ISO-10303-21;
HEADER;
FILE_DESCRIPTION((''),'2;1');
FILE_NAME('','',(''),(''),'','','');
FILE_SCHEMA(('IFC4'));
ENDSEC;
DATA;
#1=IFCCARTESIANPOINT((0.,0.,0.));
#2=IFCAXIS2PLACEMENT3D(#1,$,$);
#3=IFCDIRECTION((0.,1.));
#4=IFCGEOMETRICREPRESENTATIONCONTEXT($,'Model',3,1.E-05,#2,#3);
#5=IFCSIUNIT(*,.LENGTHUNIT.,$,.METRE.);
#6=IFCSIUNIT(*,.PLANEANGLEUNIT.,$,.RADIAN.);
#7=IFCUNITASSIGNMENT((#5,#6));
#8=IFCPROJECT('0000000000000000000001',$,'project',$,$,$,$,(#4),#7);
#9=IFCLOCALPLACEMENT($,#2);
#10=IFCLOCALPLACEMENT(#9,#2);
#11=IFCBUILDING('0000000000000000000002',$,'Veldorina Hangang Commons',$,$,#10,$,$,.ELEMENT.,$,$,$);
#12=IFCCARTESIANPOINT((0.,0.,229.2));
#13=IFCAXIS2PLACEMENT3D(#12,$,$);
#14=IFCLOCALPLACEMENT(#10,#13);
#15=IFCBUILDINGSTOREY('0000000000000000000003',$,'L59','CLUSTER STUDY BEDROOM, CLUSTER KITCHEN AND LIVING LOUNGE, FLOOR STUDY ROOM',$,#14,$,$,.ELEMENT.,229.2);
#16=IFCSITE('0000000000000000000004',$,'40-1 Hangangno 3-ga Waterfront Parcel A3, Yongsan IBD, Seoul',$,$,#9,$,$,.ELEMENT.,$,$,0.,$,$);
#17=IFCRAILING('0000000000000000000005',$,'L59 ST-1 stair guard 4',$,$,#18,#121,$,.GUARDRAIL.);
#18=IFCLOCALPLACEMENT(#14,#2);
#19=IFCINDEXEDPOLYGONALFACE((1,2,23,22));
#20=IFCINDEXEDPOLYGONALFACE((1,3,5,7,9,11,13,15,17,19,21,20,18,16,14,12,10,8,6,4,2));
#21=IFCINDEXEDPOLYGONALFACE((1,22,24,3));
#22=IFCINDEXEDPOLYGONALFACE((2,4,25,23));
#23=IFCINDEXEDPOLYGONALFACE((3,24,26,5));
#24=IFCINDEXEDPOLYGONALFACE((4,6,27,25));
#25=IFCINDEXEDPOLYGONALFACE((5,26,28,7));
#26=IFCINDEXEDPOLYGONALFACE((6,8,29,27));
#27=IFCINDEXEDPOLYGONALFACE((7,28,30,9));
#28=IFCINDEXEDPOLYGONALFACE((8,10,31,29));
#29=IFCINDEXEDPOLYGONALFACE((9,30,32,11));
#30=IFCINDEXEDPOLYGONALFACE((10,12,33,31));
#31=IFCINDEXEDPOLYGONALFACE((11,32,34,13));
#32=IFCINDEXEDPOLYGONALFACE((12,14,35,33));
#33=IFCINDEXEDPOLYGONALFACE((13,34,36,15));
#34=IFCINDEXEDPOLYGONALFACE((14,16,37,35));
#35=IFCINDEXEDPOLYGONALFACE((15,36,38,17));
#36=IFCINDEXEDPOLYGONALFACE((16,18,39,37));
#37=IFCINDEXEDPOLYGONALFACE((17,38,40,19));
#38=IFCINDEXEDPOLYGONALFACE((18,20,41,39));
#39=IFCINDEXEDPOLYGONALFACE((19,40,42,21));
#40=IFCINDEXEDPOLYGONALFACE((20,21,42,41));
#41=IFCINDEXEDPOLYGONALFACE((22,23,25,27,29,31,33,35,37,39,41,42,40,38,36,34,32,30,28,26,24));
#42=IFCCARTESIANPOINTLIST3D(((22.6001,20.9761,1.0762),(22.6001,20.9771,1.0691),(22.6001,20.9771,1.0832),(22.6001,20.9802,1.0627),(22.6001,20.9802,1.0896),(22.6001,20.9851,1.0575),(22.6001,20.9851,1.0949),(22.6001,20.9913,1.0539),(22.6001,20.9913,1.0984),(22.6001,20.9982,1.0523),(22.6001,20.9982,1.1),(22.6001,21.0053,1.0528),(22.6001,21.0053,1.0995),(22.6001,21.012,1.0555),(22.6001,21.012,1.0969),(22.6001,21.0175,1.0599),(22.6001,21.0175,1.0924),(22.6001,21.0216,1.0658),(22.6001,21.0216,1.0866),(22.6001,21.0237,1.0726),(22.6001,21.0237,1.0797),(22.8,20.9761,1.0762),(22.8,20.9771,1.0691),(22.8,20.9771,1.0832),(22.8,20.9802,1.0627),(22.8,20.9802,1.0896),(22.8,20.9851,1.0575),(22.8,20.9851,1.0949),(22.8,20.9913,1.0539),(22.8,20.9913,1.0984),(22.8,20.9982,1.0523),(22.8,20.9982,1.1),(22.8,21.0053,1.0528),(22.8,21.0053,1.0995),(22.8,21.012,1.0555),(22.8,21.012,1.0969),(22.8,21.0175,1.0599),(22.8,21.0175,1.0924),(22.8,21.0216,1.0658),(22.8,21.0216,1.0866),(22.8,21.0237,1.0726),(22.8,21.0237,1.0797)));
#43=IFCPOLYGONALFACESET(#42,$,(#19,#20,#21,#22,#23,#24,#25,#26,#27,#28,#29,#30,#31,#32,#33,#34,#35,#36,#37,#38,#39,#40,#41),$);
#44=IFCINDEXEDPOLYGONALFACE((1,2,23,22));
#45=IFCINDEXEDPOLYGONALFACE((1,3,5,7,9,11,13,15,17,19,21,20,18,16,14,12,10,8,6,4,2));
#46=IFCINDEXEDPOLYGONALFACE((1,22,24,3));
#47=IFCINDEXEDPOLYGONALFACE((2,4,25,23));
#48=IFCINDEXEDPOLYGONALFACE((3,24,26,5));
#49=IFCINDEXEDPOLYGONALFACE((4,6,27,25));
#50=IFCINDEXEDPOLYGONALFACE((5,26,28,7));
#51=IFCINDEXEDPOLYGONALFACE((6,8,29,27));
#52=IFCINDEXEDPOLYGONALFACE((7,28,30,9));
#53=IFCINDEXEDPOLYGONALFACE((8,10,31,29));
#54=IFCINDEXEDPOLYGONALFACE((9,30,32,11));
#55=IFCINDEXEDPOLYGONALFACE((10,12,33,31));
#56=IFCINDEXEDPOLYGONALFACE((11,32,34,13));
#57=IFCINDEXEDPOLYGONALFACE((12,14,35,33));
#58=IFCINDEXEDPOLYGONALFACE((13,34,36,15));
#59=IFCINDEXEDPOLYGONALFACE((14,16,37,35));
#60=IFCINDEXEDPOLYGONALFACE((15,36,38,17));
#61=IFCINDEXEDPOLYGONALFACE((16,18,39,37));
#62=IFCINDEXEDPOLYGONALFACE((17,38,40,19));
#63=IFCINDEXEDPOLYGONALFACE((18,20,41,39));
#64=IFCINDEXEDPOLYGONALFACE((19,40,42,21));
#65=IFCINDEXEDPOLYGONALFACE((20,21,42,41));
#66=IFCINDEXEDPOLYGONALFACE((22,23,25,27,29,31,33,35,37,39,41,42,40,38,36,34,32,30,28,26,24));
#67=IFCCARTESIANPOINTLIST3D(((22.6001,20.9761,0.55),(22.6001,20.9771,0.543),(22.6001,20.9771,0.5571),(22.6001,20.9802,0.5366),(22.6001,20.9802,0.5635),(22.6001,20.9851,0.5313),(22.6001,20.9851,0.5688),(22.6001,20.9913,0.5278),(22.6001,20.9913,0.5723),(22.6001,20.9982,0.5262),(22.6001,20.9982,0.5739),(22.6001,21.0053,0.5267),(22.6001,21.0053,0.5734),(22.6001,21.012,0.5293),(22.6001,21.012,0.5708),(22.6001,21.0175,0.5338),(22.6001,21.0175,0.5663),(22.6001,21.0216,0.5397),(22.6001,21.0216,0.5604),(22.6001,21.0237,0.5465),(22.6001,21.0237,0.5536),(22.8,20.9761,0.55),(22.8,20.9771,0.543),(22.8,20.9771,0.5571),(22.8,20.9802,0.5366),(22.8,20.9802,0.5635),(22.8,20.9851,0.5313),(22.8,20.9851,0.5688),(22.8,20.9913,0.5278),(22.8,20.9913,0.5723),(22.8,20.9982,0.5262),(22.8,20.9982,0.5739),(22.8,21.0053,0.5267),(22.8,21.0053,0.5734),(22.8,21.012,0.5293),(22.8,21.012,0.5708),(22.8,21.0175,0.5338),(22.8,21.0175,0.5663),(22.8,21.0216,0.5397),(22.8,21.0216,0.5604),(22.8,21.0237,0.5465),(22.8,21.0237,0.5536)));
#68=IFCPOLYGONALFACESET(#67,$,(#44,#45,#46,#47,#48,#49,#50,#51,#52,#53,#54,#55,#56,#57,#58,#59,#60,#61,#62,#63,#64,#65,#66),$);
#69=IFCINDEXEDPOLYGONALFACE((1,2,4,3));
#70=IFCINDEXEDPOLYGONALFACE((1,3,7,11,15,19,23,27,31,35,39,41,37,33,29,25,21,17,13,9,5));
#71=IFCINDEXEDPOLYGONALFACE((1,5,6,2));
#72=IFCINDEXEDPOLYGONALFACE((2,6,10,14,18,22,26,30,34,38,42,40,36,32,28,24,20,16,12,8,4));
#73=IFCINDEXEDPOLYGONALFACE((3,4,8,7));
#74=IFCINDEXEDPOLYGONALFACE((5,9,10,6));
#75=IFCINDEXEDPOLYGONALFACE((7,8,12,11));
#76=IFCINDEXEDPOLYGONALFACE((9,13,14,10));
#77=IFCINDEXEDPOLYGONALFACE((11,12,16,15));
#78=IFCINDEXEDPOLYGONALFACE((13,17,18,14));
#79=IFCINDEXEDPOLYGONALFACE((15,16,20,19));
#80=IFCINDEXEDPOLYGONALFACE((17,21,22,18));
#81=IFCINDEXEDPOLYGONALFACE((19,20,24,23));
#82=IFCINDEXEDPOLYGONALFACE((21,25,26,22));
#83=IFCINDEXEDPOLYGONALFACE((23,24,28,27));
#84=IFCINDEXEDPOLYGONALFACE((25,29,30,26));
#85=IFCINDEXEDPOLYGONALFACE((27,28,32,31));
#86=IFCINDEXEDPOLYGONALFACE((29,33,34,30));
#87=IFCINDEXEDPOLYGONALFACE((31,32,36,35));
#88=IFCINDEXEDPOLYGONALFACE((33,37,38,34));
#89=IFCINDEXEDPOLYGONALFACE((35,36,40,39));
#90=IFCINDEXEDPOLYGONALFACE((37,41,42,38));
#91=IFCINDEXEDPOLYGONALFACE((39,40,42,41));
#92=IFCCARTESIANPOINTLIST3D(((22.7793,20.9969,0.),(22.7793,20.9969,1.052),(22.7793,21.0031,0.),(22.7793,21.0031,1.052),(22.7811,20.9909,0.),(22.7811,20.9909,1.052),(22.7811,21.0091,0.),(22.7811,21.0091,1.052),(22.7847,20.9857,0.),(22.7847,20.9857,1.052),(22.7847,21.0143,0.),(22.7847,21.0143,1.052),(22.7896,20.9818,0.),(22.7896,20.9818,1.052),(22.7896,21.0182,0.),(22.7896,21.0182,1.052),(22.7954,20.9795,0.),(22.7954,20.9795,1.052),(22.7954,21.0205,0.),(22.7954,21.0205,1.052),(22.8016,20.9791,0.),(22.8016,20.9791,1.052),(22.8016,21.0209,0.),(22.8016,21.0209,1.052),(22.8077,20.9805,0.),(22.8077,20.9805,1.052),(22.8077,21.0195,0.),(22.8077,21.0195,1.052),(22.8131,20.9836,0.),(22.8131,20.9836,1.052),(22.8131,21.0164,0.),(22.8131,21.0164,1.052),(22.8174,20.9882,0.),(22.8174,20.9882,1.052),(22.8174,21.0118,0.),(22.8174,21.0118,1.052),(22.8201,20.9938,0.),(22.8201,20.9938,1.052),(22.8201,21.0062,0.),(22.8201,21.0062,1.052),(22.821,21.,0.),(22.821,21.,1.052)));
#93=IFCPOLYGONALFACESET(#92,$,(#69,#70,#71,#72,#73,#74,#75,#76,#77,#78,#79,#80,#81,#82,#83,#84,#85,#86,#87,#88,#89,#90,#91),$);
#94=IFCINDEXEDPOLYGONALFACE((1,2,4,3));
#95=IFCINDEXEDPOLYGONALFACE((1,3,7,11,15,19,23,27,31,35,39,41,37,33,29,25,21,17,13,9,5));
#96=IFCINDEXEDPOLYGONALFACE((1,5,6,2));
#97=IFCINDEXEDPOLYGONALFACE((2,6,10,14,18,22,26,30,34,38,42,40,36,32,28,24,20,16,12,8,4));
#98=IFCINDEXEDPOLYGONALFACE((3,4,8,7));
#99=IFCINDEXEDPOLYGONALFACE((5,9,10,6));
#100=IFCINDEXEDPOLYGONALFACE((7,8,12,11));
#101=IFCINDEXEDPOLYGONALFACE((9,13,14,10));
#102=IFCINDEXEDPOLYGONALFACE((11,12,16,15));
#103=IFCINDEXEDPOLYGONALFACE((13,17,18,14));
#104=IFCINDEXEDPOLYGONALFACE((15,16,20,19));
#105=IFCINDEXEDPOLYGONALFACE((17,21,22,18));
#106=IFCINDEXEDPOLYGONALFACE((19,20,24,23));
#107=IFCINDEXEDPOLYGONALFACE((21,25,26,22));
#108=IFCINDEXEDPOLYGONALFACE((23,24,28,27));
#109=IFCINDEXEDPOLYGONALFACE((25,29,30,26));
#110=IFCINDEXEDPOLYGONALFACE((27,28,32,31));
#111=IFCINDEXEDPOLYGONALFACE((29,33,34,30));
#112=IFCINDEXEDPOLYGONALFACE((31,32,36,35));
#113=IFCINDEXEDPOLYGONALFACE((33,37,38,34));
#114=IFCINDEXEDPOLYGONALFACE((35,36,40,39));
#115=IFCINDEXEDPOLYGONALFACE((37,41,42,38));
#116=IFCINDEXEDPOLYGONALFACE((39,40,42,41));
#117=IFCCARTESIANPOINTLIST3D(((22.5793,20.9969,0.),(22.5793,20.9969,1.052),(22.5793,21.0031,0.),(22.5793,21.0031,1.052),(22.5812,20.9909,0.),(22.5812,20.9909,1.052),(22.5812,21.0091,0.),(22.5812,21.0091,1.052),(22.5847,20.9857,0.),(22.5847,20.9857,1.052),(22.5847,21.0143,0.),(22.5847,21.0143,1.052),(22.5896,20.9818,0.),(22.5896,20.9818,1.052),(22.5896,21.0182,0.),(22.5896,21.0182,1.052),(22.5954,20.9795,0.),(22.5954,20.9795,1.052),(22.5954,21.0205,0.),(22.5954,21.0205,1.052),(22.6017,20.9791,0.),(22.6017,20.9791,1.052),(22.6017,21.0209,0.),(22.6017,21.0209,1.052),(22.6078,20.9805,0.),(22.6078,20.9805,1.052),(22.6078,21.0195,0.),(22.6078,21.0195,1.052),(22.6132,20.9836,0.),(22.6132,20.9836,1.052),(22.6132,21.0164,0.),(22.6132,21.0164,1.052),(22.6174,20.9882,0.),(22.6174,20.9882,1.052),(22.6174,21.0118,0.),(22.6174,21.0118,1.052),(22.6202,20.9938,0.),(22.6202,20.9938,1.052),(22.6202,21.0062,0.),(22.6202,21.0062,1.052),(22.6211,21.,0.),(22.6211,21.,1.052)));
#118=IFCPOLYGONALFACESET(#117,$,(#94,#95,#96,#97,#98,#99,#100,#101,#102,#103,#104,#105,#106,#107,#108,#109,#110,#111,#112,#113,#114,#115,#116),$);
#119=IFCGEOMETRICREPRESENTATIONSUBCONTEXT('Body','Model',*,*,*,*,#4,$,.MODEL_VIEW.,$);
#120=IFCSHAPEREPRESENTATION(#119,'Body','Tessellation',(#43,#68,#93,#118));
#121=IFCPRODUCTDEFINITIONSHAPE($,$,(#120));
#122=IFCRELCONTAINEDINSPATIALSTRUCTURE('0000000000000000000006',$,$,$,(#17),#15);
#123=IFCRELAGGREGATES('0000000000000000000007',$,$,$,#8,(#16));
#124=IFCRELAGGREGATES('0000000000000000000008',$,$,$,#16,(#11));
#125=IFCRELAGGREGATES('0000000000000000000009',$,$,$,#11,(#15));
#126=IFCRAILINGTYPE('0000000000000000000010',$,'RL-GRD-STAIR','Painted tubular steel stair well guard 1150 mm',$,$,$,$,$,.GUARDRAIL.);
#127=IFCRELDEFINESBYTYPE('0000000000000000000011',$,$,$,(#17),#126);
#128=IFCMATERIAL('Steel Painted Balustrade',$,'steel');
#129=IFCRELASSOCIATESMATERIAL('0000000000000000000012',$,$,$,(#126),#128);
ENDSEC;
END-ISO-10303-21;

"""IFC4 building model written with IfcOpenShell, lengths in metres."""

from ifc_helpers import new_model, si_unit, direction, frame, origin, origin_2d, place, context, subcontext, project, spatial, circle, extrude, material, type_object, element, save


model = new_model("IFC4")

# Units and contexts
model_context = context("Model", 3, precision=1e-05, world=origin(), true_north=direction((0.0, 1.0)))
body_context = subcontext(model_context, "Body", "Model", "MODEL_VIEW")
ifc_project = project(units=[si_unit("LENGTHUNIT", "METRE"), si_unit("PLANEANGLEUNIT", "RADIAN")], contexts=[model_context])

# Site, building, storey
site_placement = place(None, origin())
site = spatial("IfcSite", under=ifc_project, at=site_placement, Name="40-1 Hangangno 3-ga Waterfront Parcel A3, Yongsan IBD, Seoul", CompositionType="ELEMENT", RefElevation=0.0)
building_placement = place(site_placement, origin())
building = spatial("IfcBuilding", under=site, at=building_placement, Name="Veldorina Hangang Commons", CompositionType="ELEMENT")
storey_placement = place(building_placement, frame((0.0, 0.0, 229.2)))
storey = spatial("IfcBuildingStorey", under=building, at=storey_placement, Name="L59", Description="CLUSTER STUDY BEDROOM, CLUSTER KITCHEN AND LIVING LOUNGE, FLOOR STUDY ROOM", CompositionType="ELEMENT", Elevation=229.2)

# Railing
ifc_material_1 = material(Name="Steel Painted Balustrade", Category="steel")
railing_type_1 = type_object("IfcRailingType", Name="RL-GRD-STAIR", Description="Painted tubular steel stair well guard 1150 mm", PredefinedType="GUARDRAIL", material=ifc_material_1)
railing_1_placement = place(storey_placement, frame((22.8, 21.0, 0.0)))
element("IfcRailing", 1, at=railing_1_placement, inside=storey, type_object=railing_type_1, Name="L59 ST-1 stair guard 4", PredefinedType="GUARDRAIL", context=body_context, shape_type="SweptSolid", body=[
    extrude(circle(Radius=0.0239, at=origin_2d()), frame((0.0, 0.0, 1.0762), z_axis=(-1.0, 0.0, 0.0), x_axis=(0.0, -1.0, 0.0)), (0.0, 0.0, 1.0), 0.2),
    extrude(circle(Radius=0.0239, at=origin_2d()), frame((0.0, 0.0, 0.55), z_axis=(-1.0, 0.0, 0.0), x_axis=(0.0, -1.0, 0.0)), (0.0, 0.0, 1.0), 0.2),
    extrude(circle(Radius=0.021, at=origin_2d()), origin(), (0.0, 0.0, 1.0), 1.052),
    extrude(circle(Radius=0.021, at=origin_2d()), frame((-0.2, 0.0, 0.0)), (0.0, 0.0, 1.0), 1.052),
])

save(model, "model.ifc")
